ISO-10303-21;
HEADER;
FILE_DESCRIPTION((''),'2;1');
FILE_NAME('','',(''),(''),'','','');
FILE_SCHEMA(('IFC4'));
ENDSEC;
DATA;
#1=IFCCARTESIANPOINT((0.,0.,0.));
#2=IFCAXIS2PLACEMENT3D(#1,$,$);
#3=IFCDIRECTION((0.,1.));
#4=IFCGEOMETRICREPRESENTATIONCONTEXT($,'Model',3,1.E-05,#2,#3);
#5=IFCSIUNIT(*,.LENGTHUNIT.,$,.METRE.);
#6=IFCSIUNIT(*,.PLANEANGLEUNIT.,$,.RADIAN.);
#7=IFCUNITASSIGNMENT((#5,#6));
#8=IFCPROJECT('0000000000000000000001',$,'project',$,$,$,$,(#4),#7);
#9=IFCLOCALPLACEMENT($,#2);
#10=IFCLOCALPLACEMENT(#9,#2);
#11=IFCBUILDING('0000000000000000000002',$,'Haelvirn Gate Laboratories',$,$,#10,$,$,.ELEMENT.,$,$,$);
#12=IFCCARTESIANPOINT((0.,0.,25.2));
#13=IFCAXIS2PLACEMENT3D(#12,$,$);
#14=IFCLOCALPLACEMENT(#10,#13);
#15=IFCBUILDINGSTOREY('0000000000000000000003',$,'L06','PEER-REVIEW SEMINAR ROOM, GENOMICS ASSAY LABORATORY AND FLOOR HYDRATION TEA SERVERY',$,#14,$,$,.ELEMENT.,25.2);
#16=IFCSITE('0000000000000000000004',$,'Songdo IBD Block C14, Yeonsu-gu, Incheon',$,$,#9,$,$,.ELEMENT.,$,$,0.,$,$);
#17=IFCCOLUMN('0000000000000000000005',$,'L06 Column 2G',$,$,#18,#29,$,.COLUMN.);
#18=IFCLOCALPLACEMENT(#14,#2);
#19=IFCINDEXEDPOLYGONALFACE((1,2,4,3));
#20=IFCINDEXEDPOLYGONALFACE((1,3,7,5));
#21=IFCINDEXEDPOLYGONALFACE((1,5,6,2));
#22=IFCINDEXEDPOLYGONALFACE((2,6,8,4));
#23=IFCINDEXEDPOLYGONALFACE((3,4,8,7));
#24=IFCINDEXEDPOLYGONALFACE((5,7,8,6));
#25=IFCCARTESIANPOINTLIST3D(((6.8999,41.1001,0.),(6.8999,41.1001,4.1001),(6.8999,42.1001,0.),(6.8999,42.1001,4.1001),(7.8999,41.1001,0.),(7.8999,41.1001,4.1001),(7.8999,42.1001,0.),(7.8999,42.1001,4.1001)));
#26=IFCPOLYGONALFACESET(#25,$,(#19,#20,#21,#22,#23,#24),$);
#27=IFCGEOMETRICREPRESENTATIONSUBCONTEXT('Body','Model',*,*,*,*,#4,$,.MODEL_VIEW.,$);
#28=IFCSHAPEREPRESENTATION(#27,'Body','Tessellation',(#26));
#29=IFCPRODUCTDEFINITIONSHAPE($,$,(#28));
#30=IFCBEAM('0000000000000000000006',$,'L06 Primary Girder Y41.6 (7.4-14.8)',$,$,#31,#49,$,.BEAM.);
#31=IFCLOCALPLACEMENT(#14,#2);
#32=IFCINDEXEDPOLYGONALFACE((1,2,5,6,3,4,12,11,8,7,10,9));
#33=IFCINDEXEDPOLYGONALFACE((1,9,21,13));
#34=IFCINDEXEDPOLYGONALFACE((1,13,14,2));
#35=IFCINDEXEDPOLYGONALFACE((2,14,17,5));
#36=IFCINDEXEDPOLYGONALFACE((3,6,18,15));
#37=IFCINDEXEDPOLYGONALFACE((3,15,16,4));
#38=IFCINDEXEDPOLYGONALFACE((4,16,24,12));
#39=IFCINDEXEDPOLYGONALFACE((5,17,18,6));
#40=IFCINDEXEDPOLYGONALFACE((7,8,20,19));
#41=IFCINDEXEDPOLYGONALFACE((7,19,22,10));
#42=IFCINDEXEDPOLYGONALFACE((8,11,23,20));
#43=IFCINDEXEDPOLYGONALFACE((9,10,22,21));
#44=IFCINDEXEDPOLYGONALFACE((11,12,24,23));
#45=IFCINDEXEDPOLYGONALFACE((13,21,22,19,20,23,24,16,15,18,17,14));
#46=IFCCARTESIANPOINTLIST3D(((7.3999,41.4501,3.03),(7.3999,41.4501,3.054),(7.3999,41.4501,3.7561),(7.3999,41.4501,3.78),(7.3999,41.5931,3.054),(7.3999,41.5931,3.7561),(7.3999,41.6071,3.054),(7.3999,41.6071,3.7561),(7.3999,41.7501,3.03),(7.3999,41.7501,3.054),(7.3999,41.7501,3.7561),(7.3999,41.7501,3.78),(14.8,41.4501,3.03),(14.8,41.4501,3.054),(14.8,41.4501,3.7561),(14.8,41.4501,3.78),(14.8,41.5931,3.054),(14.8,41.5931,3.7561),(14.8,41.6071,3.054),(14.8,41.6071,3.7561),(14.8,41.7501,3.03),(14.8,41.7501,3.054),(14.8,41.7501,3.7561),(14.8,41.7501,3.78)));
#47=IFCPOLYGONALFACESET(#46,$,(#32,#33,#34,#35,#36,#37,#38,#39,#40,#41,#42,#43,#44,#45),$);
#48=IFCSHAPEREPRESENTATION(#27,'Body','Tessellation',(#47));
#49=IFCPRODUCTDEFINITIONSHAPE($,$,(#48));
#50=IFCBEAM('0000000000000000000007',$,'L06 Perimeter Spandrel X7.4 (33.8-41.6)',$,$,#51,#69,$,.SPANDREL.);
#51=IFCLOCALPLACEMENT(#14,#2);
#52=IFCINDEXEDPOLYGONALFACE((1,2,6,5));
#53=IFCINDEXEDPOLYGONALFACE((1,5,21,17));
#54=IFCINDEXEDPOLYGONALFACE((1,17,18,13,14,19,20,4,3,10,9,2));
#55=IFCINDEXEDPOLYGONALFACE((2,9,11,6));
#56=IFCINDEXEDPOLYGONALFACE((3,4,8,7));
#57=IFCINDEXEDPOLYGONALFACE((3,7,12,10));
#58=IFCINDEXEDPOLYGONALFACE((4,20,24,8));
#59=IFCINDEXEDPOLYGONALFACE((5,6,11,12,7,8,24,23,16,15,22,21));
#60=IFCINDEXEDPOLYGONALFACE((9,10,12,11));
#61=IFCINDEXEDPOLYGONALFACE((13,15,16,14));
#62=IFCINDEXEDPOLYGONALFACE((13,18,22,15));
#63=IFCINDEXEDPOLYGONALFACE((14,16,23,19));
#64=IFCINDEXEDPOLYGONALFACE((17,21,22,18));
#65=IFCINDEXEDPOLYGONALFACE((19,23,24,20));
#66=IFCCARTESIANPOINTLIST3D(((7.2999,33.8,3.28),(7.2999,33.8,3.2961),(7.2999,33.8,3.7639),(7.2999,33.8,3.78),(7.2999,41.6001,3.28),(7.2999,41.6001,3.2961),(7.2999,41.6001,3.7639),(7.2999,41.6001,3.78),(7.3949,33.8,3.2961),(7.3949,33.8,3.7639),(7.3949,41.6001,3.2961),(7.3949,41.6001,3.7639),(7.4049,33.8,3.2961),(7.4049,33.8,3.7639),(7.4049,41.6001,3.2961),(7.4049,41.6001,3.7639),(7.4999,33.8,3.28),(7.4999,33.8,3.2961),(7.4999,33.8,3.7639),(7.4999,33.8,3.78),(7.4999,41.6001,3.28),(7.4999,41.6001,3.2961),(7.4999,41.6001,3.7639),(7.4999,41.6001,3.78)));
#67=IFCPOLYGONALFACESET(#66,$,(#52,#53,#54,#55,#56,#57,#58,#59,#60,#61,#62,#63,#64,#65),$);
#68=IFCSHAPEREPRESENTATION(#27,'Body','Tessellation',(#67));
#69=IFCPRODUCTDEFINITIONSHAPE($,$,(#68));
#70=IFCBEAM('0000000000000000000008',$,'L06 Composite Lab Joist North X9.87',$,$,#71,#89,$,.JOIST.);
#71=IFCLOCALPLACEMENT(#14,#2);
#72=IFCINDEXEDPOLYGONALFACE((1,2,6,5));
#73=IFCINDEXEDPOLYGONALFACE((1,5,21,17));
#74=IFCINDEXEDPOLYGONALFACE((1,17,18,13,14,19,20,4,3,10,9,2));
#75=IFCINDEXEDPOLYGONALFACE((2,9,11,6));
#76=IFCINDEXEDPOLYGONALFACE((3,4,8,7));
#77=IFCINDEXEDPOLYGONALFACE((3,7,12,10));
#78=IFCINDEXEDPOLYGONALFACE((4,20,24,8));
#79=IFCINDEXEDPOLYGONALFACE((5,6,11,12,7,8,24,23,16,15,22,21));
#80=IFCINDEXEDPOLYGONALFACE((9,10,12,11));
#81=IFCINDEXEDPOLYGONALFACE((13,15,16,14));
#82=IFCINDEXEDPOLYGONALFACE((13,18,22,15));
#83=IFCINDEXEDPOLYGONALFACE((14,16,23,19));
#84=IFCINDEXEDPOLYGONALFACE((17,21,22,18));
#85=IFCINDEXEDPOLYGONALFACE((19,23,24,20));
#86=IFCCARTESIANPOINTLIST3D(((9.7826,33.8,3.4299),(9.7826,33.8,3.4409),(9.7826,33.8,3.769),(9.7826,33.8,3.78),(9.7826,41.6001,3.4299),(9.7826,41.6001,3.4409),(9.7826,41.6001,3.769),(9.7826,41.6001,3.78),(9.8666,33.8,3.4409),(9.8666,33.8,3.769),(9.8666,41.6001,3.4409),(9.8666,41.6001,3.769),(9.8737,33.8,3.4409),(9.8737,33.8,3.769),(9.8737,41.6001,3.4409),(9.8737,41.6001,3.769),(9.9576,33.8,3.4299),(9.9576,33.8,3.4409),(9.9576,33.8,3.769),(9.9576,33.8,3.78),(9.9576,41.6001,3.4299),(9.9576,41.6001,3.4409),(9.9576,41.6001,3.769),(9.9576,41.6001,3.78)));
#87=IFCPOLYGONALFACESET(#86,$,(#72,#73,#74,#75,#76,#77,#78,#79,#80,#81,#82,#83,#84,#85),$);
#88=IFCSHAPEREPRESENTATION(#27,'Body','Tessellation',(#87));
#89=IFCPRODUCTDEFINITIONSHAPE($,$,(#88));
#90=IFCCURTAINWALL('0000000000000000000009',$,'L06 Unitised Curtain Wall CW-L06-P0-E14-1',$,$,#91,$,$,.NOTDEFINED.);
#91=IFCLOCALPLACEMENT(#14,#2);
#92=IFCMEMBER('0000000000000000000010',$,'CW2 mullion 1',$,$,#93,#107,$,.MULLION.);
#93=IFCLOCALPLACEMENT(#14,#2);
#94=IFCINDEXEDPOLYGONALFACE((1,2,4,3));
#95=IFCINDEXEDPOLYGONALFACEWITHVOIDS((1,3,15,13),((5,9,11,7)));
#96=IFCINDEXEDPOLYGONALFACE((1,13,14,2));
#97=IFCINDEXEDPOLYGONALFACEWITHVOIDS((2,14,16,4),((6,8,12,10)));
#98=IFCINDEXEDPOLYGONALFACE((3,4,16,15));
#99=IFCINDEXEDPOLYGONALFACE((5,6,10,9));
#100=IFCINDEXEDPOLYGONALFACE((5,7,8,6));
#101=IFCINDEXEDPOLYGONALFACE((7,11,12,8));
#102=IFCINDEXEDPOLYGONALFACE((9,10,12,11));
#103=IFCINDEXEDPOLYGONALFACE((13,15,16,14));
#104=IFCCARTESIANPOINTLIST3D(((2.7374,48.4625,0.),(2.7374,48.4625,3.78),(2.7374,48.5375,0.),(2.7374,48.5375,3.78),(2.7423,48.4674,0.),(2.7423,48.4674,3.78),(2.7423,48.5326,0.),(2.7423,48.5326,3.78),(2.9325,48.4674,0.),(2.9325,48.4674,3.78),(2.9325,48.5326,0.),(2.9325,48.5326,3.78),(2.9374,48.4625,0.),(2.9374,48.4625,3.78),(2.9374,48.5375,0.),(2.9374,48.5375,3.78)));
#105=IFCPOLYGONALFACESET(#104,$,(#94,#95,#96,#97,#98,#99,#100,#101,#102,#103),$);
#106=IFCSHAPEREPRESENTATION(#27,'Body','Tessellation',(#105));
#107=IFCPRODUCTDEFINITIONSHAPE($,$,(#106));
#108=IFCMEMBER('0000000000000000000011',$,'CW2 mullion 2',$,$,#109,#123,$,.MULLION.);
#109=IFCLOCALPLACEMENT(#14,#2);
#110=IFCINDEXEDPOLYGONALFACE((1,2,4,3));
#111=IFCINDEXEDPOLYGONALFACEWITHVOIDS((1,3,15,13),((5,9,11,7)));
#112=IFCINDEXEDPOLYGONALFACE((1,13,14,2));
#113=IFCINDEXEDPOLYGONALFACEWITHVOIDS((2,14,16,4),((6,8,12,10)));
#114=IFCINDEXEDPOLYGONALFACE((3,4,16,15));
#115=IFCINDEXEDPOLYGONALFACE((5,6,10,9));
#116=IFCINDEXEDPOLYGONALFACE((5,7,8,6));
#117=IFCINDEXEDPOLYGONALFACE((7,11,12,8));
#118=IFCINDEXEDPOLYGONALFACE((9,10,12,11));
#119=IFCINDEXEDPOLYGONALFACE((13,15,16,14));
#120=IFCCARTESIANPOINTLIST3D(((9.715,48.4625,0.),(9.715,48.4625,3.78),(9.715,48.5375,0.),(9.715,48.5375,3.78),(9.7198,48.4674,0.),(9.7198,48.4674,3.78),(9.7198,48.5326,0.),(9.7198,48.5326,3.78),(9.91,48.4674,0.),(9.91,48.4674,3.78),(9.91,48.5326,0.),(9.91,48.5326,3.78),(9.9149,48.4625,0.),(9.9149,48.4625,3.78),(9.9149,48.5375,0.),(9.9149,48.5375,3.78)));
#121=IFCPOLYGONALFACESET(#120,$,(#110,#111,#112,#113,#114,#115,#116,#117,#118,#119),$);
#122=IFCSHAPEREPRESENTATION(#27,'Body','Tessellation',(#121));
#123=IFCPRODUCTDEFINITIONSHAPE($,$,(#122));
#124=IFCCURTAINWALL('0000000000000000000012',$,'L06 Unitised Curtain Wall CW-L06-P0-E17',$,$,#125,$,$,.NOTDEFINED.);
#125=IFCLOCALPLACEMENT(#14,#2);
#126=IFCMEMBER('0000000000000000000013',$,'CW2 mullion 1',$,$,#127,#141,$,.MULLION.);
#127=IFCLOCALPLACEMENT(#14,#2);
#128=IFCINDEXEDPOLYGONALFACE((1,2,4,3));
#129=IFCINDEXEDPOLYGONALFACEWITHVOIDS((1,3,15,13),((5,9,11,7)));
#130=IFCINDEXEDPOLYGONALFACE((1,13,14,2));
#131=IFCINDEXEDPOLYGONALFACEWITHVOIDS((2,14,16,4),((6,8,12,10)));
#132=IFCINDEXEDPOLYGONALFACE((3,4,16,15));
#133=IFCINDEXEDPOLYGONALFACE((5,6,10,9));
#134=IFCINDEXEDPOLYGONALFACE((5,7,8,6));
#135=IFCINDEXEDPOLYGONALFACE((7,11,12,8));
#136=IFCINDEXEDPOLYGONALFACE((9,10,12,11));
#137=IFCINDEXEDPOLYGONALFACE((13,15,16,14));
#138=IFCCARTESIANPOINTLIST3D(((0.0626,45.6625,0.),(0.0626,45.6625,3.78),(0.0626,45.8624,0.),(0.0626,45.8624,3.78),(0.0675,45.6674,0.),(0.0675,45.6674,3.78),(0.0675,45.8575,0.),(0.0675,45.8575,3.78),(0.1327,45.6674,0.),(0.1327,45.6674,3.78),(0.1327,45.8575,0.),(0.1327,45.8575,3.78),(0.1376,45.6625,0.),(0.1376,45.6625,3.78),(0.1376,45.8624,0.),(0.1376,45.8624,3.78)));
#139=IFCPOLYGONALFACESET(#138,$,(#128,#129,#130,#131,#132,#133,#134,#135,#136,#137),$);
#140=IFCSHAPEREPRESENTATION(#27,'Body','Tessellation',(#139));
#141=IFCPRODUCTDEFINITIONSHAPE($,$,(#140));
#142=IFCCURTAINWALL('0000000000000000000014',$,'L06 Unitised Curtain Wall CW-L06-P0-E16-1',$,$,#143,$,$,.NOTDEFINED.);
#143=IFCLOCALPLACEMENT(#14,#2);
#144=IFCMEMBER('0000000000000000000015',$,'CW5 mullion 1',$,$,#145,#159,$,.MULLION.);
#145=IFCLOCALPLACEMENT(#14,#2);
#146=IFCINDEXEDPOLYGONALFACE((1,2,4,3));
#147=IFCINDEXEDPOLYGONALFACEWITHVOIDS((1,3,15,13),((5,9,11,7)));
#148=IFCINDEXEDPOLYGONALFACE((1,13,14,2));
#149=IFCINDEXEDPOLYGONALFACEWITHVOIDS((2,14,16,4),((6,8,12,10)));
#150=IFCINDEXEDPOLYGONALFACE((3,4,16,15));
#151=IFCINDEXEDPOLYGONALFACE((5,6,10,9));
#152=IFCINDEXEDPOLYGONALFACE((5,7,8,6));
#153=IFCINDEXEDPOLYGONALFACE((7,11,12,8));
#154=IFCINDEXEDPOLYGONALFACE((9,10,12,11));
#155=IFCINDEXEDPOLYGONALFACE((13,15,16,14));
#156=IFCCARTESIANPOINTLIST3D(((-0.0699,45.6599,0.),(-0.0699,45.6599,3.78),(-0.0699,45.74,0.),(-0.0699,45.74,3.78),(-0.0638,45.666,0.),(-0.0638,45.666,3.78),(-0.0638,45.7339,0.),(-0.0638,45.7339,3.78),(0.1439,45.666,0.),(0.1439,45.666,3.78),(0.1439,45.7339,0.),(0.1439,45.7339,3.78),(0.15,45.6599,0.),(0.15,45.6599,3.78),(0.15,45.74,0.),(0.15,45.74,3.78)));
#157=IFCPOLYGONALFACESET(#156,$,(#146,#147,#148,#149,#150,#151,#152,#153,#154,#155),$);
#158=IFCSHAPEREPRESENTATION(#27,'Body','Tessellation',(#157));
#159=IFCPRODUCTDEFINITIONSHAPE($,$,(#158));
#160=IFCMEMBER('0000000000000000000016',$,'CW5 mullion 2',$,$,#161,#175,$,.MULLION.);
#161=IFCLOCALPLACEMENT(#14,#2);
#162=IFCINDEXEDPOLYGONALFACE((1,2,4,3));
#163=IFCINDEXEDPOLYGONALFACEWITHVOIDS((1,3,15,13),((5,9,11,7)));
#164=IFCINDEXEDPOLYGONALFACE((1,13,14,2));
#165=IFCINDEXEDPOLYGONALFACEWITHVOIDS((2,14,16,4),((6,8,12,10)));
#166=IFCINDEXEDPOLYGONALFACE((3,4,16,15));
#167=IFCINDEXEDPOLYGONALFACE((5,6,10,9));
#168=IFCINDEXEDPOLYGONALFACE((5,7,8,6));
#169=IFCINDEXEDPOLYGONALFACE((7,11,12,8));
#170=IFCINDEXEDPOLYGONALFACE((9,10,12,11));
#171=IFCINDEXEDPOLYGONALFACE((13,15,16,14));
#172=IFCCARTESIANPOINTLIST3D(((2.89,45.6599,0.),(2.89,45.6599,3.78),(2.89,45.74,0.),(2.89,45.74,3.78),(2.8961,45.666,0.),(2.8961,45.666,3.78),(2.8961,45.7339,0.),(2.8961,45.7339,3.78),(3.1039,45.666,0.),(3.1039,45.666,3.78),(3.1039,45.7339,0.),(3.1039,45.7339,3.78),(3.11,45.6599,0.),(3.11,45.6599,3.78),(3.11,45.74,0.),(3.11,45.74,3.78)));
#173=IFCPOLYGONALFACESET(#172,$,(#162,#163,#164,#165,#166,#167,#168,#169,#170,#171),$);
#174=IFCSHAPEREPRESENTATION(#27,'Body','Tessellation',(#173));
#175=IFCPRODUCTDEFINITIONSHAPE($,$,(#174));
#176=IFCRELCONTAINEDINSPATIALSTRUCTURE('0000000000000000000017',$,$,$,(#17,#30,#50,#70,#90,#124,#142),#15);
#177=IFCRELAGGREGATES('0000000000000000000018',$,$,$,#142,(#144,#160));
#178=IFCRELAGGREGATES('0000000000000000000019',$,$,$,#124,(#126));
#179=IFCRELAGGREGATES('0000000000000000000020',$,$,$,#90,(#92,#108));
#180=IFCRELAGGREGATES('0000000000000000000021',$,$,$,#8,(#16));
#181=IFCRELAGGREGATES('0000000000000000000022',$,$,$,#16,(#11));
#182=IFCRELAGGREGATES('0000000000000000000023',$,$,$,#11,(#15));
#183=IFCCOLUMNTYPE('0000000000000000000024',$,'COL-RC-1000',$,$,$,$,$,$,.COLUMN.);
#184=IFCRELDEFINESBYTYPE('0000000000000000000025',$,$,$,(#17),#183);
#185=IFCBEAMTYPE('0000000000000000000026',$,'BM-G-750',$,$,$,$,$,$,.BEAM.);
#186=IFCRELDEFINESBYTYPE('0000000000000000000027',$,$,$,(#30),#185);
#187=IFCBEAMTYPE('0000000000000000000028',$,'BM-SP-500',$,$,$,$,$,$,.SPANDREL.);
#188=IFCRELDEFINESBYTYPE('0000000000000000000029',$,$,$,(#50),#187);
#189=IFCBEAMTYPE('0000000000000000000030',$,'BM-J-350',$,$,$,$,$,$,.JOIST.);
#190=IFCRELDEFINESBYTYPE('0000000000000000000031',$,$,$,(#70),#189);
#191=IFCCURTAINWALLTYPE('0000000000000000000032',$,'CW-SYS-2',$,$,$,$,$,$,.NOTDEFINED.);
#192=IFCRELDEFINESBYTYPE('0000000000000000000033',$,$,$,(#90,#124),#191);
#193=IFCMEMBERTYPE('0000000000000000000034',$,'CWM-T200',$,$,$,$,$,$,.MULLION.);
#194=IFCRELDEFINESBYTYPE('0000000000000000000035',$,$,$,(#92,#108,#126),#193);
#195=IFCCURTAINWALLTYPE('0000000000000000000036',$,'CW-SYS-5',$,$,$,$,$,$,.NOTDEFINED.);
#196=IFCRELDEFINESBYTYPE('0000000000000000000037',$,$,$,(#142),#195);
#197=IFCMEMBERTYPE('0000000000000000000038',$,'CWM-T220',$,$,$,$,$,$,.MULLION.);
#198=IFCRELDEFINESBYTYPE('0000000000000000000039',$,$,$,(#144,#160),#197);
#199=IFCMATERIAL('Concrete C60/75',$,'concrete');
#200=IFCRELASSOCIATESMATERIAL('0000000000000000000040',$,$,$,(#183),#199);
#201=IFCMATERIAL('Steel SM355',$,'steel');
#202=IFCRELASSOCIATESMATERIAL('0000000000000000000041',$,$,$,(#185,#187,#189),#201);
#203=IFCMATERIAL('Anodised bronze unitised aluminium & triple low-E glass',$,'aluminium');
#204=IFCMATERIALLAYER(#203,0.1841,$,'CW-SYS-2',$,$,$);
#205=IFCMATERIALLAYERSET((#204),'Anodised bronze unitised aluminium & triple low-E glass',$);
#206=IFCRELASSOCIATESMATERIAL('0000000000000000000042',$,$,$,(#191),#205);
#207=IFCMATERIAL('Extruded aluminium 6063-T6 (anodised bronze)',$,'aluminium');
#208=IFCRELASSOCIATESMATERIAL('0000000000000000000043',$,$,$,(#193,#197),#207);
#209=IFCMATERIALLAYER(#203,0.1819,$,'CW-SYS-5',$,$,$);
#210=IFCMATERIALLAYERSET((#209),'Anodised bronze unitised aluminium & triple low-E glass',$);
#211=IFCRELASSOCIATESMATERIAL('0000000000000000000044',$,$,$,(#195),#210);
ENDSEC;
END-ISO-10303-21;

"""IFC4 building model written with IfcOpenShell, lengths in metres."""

from ifc_helpers import new_model, si_unit, direction, frame, origin, origin_2d, place, context, subcontext, project, spatial, rectangle, hollow_rectangle, i_section, extrude, source, transform, mapped, material, layer, layer_set, material_profile, profile_set, type_object, type_shapes, element, aggregate, save


model = new_model("IFC4")

# Units and contexts
model_context = context("Model", 3, precision=1e-05, world=origin(), true_north=direction((0.0, 1.0)))
body_context = subcontext(model_context, "Body", "Model", "MODEL_VIEW")
ifc_project = project(units=[si_unit("LENGTHUNIT", "METRE"), si_unit("PLANEANGLEUNIT", "RADIAN")], contexts=[model_context])

# Site, building, storey
site_placement = place(None, origin())
site = spatial("IfcSite", under=ifc_project, at=site_placement, Name="Songdo IBD Block C14, Yeonsu-gu, Incheon", CompositionType="ELEMENT", RefElevation=0.0)
building_placement = place(site_placement, origin())
building = spatial("IfcBuilding", under=site, at=building_placement, Name="Haelvirn Gate Laboratories", CompositionType="ELEMENT")
storey_placement = place(building_placement, frame((0.0, 0.0, 25.2)))
storey = spatial("IfcBuildingStorey", under=building, at=storey_placement, Name="L06", Description="PEER-REVIEW SEMINAR ROOM, GENOMICS ASSAY LABORATORY AND FLOOR HYDRATION TEA SERVERY", CompositionType="ELEMENT", Elevation=25.2)

# Column
ifc_material_1 = material(Name="Concrete C60/75", Category="concrete")
ifc_material_profile_1 = material_profile(ifc_material_1, rectangle(XDim=1.0, YDim=1.0, at=origin_2d()), Name="RC-1000x1000")
ifc_profile_set_1 = profile_set([ifc_material_profile_1], Name="Concrete C60/75")
column_type = type_object("IfcColumnType", Name="COL-RC-1000", PredefinedType="COLUMN", material=ifc_profile_set_1)
shared_shape_1 = source(origin(), body_context, "Body", "SweptSolid", [
    extrude(rectangle(XDim=1.0, YDim=1.0, at=origin_2d()), origin(), (0.0, 0.0, 1.0), 4.1001),
])
type_shapes(column_type, [shared_shape_1])
column_placement = place(storey_placement, frame((7.3999, 41.6001, 0.0), z_axis=(0.0, 0.0, 1.0), x_axis=(1.0, 0.0, 0.0)))
element("IfcColumn", 1, at=column_placement, inside=storey, type_object=column_type, Name="L06 Column 2G", PredefinedType="COLUMN", context=body_context, shape_type="MappedRepresentation", body=[
    mapped(shared_shape_1, transform((0.0, 0.0, 0.0), scale=1.0)),
])

# Beams
ifc_material_2 = material(Name="Steel SM355", Category="steel")
ifc_material_profile_2 = material_profile(ifc_material_2, i_section(OverallWidth=0.3, OverallDepth=0.75, WebThickness=0.0139, FlangeThickness=0.0239, at=origin_2d()), Name="H-750x300x14x24")
ifc_profile_set_2 = profile_set([ifc_material_profile_2], Name="Steel SM355")
beam_type_1 = type_object("IfcBeamType", Name="BM-G-750", PredefinedType="BEAM", material=ifc_profile_set_2)
shared_shape_2 = source(origin(), body_context, "Body", "SweptSolid", [
    extrude(i_section(OverallWidth=0.3, OverallDepth=0.75, WebThickness=0.0139, FlangeThickness=0.0239, at=origin_2d()), origin(), (0.0, 0.0, 1.0), 7.4001),
])
type_shapes(beam_type_1, [shared_shape_2])
beam_1_placement = place(storey_placement, frame((7.3999, 41.6001, 3.405), z_axis=(1.0, 0.0, 0.0), x_axis=(0.0, 1.0, 0.0)))
element("IfcBeam", 2, at=beam_1_placement, inside=storey, type_object=beam_type_1, Name="L06 Primary Girder Y41.6 (7.4-14.8)", PredefinedType="BEAM", context=body_context, shape_type="MappedRepresentation", body=[
    mapped(shared_shape_2, transform((0.0, 0.0, 0.0), scale=1.0)),
])
ifc_material_profile_3 = material_profile(ifc_material_2, i_section(OverallWidth=0.2, OverallDepth=0.5, WebThickness=0.01, FlangeThickness=0.0161, at=origin_2d()), Name="H-500x200x10x16")
ifc_profile_set_3 = profile_set([ifc_material_profile_3], Name="Steel SM355")
beam_type_2 = type_object("IfcBeamType", Name="BM-SP-500", PredefinedType="SPANDREL", material=ifc_profile_set_3)
shared_shape_3 = source(origin(), body_context, "Body", "SweptSolid", [
    extrude(i_section(OverallWidth=0.2, OverallDepth=0.5, WebThickness=0.01, FlangeThickness=0.0161, at=origin_2d()), origin(), (0.0, 0.0, 1.0), 7.8),
])
type_shapes(beam_type_2, [shared_shape_3])
beam_2_placement = place(storey_placement, frame((7.3999, 33.8, 3.53), z_axis=(0.0, 1.0, 0.0), x_axis=(-1.0, 0.0, 0.0)))
element("IfcBeam", 3, at=beam_2_placement, inside=storey, type_object=beam_type_2, Name="L06 Perimeter Spandrel X7.4 (33.8-41.6)", PredefinedType="SPANDREL", context=body_context, shape_type="MappedRepresentation", body=[
    mapped(shared_shape_3, transform((0.0, 0.0, 0.0), scale=1.0)),
])
ifc_material_profile_4 = material_profile(ifc_material_2, i_section(OverallWidth=0.175, OverallDepth=0.3501, WebThickness=0.0071, FlangeThickness=0.011, at=origin_2d()), Name="H-350x175x7x11")
ifc_profile_set_4 = profile_set([ifc_material_profile_4], Name="Steel SM355")
beam_type_3 = type_object("IfcBeamType", Name="BM-J-350", PredefinedType="JOIST", material=ifc_profile_set_4)
shared_shape_4 = source(origin(), body_context, "Body", "SweptSolid", [
    extrude(i_section(OverallWidth=0.175, OverallDepth=0.3501, WebThickness=0.0071, FlangeThickness=0.011, at=origin_2d()), origin(), (0.0, 0.0, 1.0), 7.8),
])
type_shapes(beam_type_3, [shared_shape_4])
beam_3_placement = place(storey_placement, frame((9.8701, 33.8, 3.605), z_axis=(0.0, 1.0, 0.0), x_axis=(-1.0, 0.0, 0.0)))
element("IfcBeam", 4, at=beam_3_placement, inside=storey, type_object=beam_type_3, Name="L06 Composite Lab Joist North X9.87", PredefinedType="JOIST", context=body_context, shape_type="MappedRepresentation", body=[
    mapped(shared_shape_4, transform((0.0, 0.0, 0.0), scale=1.0)),
])

# Curtain wall, members
ifc_material_3 = material(Name="Anodised bronze unitised aluminium & triple low-E glass", Category="aluminium")
ifc_layer_1 = layer(ifc_material_3, 0.1841, Name="CW-SYS-2")
ifc_layer_set_1 = layer_set([ifc_layer_1], Name="Anodised bronze unitised aluminium & triple low-E glass")
curtain_wall_type_1 = type_object("IfcCurtainWallType", Name="CW-SYS-2", PredefinedType="NOTDEFINED", material=ifc_layer_set_1)
curtain_wall_1_placement = place(storey_placement, origin())
curtain_wall_1 = element("IfcCurtainWall", 5, at=curtain_wall_1_placement, inside=storey, type_object=curtain_wall_type_1, Name="L06 Unitised Curtain Wall CW-L06-P0-E14-1", PredefinedType="NOTDEFINED")
ifc_material_4 = material(Name="Extruded aluminium 6063-T6 (anodised bronze)", Category="aluminium")
ifc_material_profile_5 = material_profile(ifc_material_4, hollow_rectangle(XDim=0.075, YDim=0.2, WallThickness=0.0049, at=origin_2d()), Name="CWM-200x75x5")
ifc_profile_set_5 = profile_set([ifc_material_profile_5], Name="Extruded aluminium 6063-T6 (anodised bronze)")
member_type_1 = type_object("IfcMemberType", Name="CWM-T200", PredefinedType="MULLION", material=ifc_profile_set_5)
shared_shape_5 = source(origin(), body_context, "Body", "SweptSolid", [
    extrude(hollow_rectangle(XDim=0.075, YDim=0.2, WallThickness=0.0049, at=origin_2d()), origin(), (0.0, 0.0, 1.0), 3.78),
])
type_shapes(member_type_1, [shared_shape_5])
member_1_placement = place(storey_placement, frame((2.8374, 48.5, 0.0), z_axis=(0.0, 0.0, 1.0), x_axis=(0.0, 1.0, 0.0)))
member_1 = element("IfcMember", 6, at=member_1_placement, type_object=member_type_1, Name="CW2 mullion 1", PredefinedType="MULLION", context=body_context, shape_type="MappedRepresentation", body=[
    mapped(shared_shape_5, transform((0.0, 0.0, 0.0), scale=1.0)),
])
member_2_placement = place(storey_placement, frame((9.8149, 48.5, 0.0), z_axis=(0.0, 0.0, 1.0), x_axis=(0.0, 1.0, 0.0)))
member_2 = element("IfcMember", 7, at=member_2_placement, type_object=member_type_1, Name="CW2 mullion 2", PredefinedType="MULLION", context=body_context, shape_type="MappedRepresentation", body=[
    mapped(shared_shape_5, transform((0.0, 0.0, 0.0), scale=1.0)),
])

# Curtain wall, member
curtain_wall_2_placement = place(storey_placement, origin())
curtain_wall_2 = element("IfcCurtainWall", 8, at=curtain_wall_2_placement, inside=storey, type_object=curtain_wall_type_1, Name="L06 Unitised Curtain Wall CW-L06-P0-E17", PredefinedType="NOTDEFINED")
member_3_placement = place(storey_placement, frame((0.1001, 45.7625, 0.0), z_axis=(0.0, 0.0, 1.0), x_axis=(1.0, 0.0, 0.0)))
member_3 = element("IfcMember", 9, at=member_3_placement, type_object=member_type_1, Name="CW2 mullion 1", PredefinedType="MULLION", context=body_context, shape_type="MappedRepresentation", body=[
    mapped(shared_shape_5, transform((0.0, 0.0, 0.0), scale=1.0)),
])

# Curtain wall, members
ifc_layer_2 = layer(ifc_material_3, 0.1819, Name="CW-SYS-5")
ifc_layer_set_2 = layer_set([ifc_layer_2], Name="Anodised bronze unitised aluminium & triple low-E glass")
curtain_wall_type_2 = type_object("IfcCurtainWallType", Name="CW-SYS-5", PredefinedType="NOTDEFINED", material=ifc_layer_set_2)
curtain_wall_3_placement = place(storey_placement, origin())
curtain_wall_3 = element("IfcCurtainWall", 10, at=curtain_wall_3_placement, inside=storey, type_object=curtain_wall_type_2, Name="L06 Unitised Curtain Wall CW-L06-P0-E16-1", PredefinedType="NOTDEFINED")
ifc_material_profile_6 = material_profile(ifc_material_4, hollow_rectangle(XDim=0.0801, YDim=0.22, WallThickness=0.0061, at=origin_2d()), Name="CWM-220x80x6")
ifc_profile_set_6 = profile_set([ifc_material_profile_6], Name="Extruded aluminium 6063-T6 (anodised bronze)")
member_type_2 = type_object("IfcMemberType", Name="CWM-T220", PredefinedType="MULLION", material=ifc_profile_set_6)
shared_shape_6 = source(origin(), body_context, "Body", "SweptSolid", [
    extrude(hollow_rectangle(XDim=0.0801, YDim=0.22, WallThickness=0.0061, at=origin_2d()), origin(), (0.0, 0.0, 1.0), 3.78),
])
type_shapes(member_type_2, [shared_shape_6])
member_4_placement = place(storey_placement, frame((0.04, 45.7, 0.0), z_axis=(0.0, 0.0, 1.0), x_axis=(0.0, 1.0, 0.0)))
member_4 = element("IfcMember", 11, at=member_4_placement, type_object=member_type_2, Name="CW5 mullion 1", PredefinedType="MULLION", context=body_context, shape_type="MappedRepresentation", body=[
    mapped(shared_shape_6, transform((0.0, 0.0, 0.0), scale=1.0)),
])
member_5_placement = place(storey_placement, frame((3.0, 45.7, 0.0), z_axis=(0.0, 0.0, 1.0), x_axis=(0.0, 1.0, 0.0)))
member_5 = element("IfcMember", 12, at=member_5_placement, type_object=member_type_2, Name="CW5 mullion 2", PredefinedType="MULLION", context=body_context, shape_type="MappedRepresentation", body=[
    mapped(shared_shape_6, transform((0.0, 0.0, 0.0), scale=1.0)),
])

aggregate(curtain_wall_3, [member_4, member_5])
aggregate(curtain_wall_2, [member_3])
aggregate(curtain_wall_1, [member_1, member_2])

save(model, "model.ifc")
